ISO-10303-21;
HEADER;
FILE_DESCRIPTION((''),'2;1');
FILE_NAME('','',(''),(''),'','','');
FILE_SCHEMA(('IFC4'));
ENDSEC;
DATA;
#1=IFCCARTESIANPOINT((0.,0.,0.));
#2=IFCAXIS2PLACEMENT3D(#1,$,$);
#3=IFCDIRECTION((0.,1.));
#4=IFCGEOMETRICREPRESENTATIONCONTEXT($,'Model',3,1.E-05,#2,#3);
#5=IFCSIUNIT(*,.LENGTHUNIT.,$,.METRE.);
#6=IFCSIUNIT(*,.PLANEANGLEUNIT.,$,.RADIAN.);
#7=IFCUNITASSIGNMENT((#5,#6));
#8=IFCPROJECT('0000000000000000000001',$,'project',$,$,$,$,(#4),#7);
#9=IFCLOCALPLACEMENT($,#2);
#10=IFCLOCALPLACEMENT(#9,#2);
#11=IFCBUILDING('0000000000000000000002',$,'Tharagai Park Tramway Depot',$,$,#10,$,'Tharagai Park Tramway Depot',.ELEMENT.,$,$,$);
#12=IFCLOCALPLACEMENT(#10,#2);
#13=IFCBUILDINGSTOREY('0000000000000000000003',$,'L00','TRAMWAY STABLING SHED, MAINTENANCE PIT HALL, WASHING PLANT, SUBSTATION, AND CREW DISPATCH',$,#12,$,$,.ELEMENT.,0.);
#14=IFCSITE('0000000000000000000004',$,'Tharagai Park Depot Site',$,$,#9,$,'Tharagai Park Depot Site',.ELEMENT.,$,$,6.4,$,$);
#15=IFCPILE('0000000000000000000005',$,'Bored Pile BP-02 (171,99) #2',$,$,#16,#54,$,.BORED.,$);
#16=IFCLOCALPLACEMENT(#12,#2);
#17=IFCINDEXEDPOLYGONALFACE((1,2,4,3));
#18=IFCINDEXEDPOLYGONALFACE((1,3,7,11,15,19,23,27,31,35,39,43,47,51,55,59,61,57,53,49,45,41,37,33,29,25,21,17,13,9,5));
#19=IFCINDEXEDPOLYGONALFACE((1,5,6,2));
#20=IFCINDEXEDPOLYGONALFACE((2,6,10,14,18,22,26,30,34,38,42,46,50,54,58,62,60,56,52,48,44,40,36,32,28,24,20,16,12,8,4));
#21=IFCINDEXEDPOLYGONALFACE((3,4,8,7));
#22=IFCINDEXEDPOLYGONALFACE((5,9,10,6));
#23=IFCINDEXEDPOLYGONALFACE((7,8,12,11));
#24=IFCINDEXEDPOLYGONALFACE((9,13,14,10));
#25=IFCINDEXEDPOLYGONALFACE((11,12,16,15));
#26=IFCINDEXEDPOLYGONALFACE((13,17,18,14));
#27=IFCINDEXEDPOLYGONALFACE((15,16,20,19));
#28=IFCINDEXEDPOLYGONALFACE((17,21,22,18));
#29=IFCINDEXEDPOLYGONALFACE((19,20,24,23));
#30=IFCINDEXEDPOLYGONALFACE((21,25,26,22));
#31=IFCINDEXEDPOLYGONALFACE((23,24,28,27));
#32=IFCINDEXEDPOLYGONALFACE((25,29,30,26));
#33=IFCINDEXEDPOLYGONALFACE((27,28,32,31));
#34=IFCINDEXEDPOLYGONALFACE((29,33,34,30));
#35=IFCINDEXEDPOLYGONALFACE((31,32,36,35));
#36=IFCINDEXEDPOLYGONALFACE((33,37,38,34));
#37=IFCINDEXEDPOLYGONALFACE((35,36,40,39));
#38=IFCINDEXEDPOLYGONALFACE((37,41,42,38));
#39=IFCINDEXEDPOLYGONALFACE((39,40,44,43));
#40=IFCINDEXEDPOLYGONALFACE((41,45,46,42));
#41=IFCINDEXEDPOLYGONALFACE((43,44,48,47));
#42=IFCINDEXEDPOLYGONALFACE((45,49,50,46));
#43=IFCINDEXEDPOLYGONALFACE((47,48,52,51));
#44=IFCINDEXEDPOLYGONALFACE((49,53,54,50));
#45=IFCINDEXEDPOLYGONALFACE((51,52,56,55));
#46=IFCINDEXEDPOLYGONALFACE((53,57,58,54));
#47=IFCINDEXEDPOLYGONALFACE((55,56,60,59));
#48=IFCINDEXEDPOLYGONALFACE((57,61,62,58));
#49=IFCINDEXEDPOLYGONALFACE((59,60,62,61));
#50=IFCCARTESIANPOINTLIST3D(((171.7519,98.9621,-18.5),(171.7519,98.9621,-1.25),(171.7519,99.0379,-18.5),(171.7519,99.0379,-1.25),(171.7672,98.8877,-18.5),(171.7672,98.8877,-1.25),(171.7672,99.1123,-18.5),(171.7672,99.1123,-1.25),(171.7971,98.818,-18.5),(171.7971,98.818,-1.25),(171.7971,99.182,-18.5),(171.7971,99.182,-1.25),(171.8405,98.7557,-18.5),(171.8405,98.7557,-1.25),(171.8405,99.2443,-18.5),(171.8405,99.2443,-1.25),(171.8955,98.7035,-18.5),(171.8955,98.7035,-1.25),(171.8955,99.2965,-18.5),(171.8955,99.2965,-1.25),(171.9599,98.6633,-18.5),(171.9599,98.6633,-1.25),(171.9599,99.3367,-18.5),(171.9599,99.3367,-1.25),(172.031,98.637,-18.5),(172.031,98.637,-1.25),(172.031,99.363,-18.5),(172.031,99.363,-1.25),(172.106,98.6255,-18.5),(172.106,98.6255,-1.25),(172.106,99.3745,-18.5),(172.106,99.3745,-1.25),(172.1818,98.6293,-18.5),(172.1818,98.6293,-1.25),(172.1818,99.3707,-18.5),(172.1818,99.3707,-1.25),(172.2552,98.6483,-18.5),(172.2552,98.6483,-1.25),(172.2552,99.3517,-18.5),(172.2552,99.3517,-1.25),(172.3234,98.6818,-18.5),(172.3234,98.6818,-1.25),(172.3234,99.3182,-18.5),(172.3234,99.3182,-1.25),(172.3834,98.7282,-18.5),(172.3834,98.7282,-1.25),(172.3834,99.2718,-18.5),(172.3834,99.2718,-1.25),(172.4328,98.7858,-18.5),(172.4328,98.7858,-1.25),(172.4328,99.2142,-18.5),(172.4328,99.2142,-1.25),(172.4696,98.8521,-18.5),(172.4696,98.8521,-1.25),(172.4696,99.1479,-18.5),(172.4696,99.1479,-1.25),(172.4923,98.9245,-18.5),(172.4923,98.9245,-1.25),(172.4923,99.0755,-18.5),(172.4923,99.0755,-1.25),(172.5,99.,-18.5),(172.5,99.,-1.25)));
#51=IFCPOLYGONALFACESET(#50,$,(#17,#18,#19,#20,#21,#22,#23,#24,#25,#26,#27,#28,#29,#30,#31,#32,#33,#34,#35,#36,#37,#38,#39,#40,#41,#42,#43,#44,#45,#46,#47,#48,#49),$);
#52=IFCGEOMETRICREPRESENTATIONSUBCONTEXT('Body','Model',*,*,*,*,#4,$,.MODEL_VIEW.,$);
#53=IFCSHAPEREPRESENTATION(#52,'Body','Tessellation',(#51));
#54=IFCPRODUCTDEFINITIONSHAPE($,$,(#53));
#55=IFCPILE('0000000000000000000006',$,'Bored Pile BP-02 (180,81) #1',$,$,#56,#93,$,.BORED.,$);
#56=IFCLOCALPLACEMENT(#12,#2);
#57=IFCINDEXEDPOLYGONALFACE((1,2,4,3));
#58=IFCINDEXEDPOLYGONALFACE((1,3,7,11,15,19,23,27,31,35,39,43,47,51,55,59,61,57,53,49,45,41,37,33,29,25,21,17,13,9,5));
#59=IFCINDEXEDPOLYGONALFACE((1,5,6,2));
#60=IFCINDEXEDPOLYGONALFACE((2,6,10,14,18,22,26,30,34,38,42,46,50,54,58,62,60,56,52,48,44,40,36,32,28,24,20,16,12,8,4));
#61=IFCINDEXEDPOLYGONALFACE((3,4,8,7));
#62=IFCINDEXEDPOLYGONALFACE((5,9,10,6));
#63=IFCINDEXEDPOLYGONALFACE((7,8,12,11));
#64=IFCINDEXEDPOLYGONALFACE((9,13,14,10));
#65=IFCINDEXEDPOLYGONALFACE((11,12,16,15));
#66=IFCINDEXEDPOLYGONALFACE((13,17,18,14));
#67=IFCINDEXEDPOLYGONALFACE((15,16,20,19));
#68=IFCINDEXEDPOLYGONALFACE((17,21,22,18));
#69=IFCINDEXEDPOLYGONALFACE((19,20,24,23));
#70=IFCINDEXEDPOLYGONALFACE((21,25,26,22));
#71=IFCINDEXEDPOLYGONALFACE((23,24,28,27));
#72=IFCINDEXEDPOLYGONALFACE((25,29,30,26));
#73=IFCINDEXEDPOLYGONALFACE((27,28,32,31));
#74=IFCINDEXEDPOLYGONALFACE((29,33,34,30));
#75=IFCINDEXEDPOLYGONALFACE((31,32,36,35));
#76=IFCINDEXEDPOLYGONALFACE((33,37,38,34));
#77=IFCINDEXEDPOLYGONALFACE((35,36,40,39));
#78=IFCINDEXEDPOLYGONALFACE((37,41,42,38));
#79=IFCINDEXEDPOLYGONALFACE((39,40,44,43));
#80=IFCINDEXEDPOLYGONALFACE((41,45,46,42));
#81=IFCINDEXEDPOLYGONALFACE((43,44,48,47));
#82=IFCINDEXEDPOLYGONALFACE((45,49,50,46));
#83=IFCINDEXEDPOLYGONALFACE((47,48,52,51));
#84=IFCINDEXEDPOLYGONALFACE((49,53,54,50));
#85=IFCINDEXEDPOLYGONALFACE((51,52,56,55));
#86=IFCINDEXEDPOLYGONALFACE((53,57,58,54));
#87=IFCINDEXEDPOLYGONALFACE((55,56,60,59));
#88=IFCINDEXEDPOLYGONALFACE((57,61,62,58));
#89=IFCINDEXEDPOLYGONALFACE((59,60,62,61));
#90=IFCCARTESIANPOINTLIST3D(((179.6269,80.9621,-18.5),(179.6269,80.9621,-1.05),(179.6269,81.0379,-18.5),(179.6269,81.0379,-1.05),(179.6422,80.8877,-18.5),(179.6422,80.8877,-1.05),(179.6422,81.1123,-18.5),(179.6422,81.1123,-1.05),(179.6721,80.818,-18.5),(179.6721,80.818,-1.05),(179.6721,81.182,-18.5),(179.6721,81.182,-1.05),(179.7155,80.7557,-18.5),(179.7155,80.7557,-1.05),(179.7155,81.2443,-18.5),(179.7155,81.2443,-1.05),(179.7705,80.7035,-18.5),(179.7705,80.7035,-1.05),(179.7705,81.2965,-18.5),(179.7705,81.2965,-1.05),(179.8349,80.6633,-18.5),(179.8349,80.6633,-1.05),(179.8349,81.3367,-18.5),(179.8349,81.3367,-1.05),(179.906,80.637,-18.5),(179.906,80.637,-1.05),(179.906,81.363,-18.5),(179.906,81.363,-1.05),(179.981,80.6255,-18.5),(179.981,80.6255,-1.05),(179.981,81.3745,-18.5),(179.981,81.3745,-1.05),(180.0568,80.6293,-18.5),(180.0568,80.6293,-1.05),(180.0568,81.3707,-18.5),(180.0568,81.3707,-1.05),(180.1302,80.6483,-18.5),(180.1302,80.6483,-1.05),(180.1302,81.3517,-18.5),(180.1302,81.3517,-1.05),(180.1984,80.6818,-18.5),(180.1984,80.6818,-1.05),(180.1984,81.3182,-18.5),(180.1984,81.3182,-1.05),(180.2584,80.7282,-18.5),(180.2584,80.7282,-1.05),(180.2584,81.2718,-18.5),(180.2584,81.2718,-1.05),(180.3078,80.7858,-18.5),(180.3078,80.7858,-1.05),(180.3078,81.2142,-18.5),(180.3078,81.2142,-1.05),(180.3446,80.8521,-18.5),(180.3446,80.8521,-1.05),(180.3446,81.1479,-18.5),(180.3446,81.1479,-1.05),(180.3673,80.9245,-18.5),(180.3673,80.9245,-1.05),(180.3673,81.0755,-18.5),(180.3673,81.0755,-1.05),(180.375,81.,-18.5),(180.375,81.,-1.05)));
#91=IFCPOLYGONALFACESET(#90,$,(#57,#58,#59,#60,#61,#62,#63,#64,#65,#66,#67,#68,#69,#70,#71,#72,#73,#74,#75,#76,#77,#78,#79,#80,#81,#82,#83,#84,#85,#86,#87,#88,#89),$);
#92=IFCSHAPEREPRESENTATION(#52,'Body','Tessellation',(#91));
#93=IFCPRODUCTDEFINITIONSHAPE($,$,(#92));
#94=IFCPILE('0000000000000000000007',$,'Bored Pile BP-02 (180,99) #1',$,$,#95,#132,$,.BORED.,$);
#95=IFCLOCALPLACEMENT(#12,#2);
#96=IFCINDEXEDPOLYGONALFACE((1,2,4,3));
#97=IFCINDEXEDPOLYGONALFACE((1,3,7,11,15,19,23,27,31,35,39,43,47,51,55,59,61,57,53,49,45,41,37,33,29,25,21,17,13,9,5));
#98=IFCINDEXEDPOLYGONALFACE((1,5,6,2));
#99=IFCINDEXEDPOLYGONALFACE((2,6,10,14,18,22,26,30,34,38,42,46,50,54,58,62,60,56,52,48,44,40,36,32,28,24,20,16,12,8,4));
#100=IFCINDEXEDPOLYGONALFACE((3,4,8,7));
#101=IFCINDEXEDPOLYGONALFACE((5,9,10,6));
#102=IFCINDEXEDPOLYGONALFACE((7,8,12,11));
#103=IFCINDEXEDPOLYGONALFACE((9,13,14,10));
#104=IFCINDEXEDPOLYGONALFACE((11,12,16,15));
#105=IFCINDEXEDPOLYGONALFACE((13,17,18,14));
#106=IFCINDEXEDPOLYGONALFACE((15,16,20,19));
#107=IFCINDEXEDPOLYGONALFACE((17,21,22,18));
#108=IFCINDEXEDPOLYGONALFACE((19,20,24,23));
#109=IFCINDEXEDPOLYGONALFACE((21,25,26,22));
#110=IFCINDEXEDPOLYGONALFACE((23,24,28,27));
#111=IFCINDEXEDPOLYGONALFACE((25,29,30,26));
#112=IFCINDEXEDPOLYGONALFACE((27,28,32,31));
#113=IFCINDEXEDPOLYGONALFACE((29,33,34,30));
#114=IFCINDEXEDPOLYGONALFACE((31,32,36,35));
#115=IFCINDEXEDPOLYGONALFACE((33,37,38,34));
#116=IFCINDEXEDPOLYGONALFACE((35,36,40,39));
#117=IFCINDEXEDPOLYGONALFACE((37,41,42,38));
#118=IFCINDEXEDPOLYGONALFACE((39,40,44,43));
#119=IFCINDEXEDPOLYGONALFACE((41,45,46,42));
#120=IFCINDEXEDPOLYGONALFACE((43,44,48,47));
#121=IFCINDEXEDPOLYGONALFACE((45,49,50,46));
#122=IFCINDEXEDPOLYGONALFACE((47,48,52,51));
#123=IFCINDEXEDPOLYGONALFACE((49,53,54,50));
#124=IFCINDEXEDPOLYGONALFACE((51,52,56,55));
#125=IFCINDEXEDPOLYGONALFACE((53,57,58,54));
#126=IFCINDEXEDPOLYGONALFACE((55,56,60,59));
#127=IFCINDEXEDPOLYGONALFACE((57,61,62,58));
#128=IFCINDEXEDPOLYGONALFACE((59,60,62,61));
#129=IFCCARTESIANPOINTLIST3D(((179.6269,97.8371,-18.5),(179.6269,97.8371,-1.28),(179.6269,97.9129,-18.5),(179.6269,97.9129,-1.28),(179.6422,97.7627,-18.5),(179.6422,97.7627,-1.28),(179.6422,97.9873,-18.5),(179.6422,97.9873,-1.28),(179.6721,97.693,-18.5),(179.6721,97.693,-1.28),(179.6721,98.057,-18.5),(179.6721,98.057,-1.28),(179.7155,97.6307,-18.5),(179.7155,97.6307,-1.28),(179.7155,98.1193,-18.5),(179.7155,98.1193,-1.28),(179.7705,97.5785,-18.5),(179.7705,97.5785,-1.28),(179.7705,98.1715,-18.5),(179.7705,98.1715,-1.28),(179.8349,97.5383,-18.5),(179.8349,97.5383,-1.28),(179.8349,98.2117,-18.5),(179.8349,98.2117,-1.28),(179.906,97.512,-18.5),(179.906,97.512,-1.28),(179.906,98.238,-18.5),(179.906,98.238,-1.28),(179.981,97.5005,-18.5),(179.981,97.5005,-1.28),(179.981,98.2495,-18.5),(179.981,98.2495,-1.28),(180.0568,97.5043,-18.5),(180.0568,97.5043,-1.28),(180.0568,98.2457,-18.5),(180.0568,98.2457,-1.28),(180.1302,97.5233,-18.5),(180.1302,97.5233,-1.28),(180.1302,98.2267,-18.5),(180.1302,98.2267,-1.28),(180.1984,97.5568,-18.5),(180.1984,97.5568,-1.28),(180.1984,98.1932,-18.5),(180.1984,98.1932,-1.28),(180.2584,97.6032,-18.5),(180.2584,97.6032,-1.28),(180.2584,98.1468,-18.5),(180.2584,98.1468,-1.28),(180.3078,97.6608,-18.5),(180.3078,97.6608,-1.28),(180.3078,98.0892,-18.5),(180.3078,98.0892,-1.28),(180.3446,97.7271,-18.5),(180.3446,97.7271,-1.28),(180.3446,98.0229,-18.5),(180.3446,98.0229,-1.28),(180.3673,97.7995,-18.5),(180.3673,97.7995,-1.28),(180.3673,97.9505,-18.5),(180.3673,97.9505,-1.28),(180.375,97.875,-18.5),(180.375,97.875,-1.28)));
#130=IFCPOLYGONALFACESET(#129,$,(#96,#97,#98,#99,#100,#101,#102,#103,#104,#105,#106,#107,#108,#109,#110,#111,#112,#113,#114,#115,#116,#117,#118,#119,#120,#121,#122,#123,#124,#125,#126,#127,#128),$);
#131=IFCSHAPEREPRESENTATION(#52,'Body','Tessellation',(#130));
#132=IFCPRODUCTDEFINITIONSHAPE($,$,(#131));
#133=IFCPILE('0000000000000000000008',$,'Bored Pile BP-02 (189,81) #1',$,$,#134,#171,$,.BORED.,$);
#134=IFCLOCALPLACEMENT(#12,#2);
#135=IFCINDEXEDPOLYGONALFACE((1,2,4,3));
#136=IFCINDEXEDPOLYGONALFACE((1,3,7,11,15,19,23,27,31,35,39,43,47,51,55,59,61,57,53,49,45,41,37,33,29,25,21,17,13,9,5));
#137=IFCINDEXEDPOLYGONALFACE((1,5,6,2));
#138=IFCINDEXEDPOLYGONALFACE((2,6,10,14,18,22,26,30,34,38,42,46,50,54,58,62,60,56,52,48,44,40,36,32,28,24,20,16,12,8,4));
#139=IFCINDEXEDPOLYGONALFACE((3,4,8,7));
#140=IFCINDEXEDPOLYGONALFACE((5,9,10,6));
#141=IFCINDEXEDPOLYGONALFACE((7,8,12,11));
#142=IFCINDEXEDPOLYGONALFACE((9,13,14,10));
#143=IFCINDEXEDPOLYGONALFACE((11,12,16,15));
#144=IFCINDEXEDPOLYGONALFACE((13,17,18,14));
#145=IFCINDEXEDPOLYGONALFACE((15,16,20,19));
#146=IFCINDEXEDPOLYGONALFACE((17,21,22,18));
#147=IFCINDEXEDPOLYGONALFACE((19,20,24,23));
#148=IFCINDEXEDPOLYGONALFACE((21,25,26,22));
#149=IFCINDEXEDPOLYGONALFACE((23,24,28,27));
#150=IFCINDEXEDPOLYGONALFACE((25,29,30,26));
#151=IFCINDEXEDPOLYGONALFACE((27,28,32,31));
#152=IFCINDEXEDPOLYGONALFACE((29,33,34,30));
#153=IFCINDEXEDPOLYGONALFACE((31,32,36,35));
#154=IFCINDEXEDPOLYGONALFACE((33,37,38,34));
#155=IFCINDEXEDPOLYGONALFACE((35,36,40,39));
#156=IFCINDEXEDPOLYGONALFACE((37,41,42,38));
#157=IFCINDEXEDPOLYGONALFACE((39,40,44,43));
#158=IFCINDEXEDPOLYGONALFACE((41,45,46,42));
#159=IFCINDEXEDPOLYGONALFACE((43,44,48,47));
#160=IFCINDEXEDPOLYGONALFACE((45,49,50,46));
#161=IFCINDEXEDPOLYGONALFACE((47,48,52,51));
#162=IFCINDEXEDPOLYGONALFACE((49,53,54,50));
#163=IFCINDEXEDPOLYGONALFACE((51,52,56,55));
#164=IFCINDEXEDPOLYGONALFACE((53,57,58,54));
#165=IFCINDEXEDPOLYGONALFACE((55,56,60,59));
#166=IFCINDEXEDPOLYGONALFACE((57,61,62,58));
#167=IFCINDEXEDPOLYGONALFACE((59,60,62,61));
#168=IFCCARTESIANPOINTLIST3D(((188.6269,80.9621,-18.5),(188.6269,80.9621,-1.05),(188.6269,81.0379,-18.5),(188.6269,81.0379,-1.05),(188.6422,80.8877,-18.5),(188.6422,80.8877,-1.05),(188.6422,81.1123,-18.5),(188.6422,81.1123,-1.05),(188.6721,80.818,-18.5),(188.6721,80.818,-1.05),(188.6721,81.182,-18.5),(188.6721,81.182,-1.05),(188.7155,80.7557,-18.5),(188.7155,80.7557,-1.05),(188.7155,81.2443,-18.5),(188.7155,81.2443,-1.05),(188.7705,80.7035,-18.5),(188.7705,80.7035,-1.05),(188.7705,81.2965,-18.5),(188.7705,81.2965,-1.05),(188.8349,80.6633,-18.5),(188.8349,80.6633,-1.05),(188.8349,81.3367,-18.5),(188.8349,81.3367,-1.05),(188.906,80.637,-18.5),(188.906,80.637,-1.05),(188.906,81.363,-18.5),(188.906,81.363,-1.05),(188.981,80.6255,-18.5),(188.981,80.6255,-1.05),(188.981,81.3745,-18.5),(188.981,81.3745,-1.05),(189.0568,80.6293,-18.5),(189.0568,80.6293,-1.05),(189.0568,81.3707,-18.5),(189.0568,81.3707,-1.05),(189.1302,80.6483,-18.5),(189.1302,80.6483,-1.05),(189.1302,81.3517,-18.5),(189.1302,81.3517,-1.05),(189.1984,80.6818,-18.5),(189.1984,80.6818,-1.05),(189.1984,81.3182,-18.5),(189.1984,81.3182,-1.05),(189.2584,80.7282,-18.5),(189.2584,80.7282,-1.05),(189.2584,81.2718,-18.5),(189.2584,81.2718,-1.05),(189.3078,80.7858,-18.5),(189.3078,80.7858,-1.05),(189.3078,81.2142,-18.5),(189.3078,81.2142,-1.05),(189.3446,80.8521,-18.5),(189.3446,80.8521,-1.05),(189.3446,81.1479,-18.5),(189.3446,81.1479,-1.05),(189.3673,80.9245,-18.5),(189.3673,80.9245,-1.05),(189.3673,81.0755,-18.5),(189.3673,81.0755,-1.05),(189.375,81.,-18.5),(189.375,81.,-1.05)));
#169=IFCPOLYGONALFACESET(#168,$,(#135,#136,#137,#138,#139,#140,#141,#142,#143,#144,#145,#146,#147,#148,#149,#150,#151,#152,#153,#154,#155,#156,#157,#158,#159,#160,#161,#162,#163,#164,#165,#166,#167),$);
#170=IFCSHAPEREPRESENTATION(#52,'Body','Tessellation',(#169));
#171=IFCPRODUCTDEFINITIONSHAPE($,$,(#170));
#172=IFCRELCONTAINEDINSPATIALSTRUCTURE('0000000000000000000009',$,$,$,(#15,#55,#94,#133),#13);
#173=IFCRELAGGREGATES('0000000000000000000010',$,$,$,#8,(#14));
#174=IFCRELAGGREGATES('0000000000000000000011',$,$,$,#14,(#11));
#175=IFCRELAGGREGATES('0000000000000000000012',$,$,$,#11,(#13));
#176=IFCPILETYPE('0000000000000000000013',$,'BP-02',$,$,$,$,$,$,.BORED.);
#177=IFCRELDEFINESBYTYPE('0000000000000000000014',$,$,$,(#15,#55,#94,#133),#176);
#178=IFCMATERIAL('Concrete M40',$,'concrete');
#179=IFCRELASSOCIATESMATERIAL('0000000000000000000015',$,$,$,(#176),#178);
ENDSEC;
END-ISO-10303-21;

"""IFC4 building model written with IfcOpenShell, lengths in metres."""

from ifc_helpers import new_model, si_unit, direction, frame, origin, origin_2d, place, context, subcontext, project, spatial, circle, extrude, material, material_profile, profile_set, type_object, element, save


model = new_model("IFC4")

# Units and contexts
model_context = context("Model", 3, precision=1e-05, world=origin(), true_north=direction((0.0, 1.0)))
body_context = subcontext(model_context, "Body", "Model", "MODEL_VIEW")
ifc_project = project(units=[si_unit("LENGTHUNIT", "METRE"), si_unit("PLANEANGLEUNIT", "RADIAN")], contexts=[model_context])

# Site, building, storey
site_placement = place(None, origin())
site = spatial("IfcSite", under=ifc_project, at=site_placement, Name="Tharagai Park Depot Site", LongName="Tharagai Park Depot Site", CompositionType="ELEMENT", RefElevation=6.4)
building_placement = place(site_placement, origin())
building = spatial("IfcBuilding", under=site, at=building_placement, Name="Tharagai Park Tramway Depot", LongName="Tharagai Park Tramway Depot", CompositionType="ELEMENT")
storey_placement = place(building_placement, origin())
storey = spatial("IfcBuildingStorey", under=building, at=storey_placement, Name="L00", Description="TRAMWAY STABLING SHED, MAINTENANCE PIT HALL, WASHING PLANT, SUBSTATION, AND CREW DISPATCH", CompositionType="ELEMENT", Elevation=0.0)

# Piles
ifc_material_1 = material(Name="Concrete M40", Category="concrete")
ifc_material_profile_1 = material_profile(ifc_material_1, circle(Radius=0.375, at=origin_2d()), Name="PILE D750")
ifc_profile_set_1 = profile_set([ifc_material_profile_1], Name="Concrete M40")
pile_type_1 = type_object("IfcPileType", Name="BP-02", PredefinedType="BORED", material=ifc_profile_set_1)
pile_1_placement = place(storey_placement, frame((172.125, 99.0, -1.25), z_axis=(0.0, 0.0, -1.0), x_axis=(1.0, 0.0, 0.0)))
element("IfcPile", 1, at=pile_1_placement, inside=storey, type_object=pile_type_1, Name="Bored Pile BP-02 (171,99) #2", PredefinedType="BORED", context=body_context, shape_type="SweptSolid", body=[
    extrude(circle(Radius=0.375, at=origin_2d()), origin(), (0.0, 0.0, 1.0), 17.25),
])
pile_2_placement = place(storey_placement, frame((180.0, 81.0, -1.05), z_axis=(0.0, 0.0, -1.0), x_axis=(1.0, 0.0, 0.0)))
element("IfcPile", 2, at=pile_2_placement, inside=storey, type_object=pile_type_1, Name="Bored Pile BP-02 (180,81) #1", PredefinedType="BORED", context=body_context, shape_type="SweptSolid", body=[
    extrude(circle(Radius=0.375, at=origin_2d()), origin(), (0.0, 0.0, 1.0), 17.45),
])
pile_3_placement = place(storey_placement, frame((180.0, 97.875, -1.28), z_axis=(0.0, 0.0, -1.0), x_axis=(1.0, 0.0, 0.0)))
element("IfcPile", 3, at=pile_3_placement, inside=storey, type_object=pile_type_1, Name="Bored Pile BP-02 (180,99) #1", PredefinedType="BORED", context=body_context, shape_type="SweptSolid", body=[
    extrude(circle(Radius=0.375, at=origin_2d()), origin(), (0.0, 0.0, 1.0), 17.22),
])
pile_4_placement = place(storey_placement, frame((189.0, 81.0, -1.05), z_axis=(0.0, 0.0, -1.0), x_axis=(1.0, 0.0, 0.0)))
element("IfcPile", 4, at=pile_4_placement, inside=storey, type_object=pile_type_1, Name="Bored Pile BP-02 (189,81) #1", PredefinedType="BORED", context=body_context, shape_type="SweptSolid", body=[
    extrude(circle(Radius=0.375, at=origin_2d()), origin(), (0.0, 0.0, 1.0), 17.45),
])

save(model, "model.ifc")
